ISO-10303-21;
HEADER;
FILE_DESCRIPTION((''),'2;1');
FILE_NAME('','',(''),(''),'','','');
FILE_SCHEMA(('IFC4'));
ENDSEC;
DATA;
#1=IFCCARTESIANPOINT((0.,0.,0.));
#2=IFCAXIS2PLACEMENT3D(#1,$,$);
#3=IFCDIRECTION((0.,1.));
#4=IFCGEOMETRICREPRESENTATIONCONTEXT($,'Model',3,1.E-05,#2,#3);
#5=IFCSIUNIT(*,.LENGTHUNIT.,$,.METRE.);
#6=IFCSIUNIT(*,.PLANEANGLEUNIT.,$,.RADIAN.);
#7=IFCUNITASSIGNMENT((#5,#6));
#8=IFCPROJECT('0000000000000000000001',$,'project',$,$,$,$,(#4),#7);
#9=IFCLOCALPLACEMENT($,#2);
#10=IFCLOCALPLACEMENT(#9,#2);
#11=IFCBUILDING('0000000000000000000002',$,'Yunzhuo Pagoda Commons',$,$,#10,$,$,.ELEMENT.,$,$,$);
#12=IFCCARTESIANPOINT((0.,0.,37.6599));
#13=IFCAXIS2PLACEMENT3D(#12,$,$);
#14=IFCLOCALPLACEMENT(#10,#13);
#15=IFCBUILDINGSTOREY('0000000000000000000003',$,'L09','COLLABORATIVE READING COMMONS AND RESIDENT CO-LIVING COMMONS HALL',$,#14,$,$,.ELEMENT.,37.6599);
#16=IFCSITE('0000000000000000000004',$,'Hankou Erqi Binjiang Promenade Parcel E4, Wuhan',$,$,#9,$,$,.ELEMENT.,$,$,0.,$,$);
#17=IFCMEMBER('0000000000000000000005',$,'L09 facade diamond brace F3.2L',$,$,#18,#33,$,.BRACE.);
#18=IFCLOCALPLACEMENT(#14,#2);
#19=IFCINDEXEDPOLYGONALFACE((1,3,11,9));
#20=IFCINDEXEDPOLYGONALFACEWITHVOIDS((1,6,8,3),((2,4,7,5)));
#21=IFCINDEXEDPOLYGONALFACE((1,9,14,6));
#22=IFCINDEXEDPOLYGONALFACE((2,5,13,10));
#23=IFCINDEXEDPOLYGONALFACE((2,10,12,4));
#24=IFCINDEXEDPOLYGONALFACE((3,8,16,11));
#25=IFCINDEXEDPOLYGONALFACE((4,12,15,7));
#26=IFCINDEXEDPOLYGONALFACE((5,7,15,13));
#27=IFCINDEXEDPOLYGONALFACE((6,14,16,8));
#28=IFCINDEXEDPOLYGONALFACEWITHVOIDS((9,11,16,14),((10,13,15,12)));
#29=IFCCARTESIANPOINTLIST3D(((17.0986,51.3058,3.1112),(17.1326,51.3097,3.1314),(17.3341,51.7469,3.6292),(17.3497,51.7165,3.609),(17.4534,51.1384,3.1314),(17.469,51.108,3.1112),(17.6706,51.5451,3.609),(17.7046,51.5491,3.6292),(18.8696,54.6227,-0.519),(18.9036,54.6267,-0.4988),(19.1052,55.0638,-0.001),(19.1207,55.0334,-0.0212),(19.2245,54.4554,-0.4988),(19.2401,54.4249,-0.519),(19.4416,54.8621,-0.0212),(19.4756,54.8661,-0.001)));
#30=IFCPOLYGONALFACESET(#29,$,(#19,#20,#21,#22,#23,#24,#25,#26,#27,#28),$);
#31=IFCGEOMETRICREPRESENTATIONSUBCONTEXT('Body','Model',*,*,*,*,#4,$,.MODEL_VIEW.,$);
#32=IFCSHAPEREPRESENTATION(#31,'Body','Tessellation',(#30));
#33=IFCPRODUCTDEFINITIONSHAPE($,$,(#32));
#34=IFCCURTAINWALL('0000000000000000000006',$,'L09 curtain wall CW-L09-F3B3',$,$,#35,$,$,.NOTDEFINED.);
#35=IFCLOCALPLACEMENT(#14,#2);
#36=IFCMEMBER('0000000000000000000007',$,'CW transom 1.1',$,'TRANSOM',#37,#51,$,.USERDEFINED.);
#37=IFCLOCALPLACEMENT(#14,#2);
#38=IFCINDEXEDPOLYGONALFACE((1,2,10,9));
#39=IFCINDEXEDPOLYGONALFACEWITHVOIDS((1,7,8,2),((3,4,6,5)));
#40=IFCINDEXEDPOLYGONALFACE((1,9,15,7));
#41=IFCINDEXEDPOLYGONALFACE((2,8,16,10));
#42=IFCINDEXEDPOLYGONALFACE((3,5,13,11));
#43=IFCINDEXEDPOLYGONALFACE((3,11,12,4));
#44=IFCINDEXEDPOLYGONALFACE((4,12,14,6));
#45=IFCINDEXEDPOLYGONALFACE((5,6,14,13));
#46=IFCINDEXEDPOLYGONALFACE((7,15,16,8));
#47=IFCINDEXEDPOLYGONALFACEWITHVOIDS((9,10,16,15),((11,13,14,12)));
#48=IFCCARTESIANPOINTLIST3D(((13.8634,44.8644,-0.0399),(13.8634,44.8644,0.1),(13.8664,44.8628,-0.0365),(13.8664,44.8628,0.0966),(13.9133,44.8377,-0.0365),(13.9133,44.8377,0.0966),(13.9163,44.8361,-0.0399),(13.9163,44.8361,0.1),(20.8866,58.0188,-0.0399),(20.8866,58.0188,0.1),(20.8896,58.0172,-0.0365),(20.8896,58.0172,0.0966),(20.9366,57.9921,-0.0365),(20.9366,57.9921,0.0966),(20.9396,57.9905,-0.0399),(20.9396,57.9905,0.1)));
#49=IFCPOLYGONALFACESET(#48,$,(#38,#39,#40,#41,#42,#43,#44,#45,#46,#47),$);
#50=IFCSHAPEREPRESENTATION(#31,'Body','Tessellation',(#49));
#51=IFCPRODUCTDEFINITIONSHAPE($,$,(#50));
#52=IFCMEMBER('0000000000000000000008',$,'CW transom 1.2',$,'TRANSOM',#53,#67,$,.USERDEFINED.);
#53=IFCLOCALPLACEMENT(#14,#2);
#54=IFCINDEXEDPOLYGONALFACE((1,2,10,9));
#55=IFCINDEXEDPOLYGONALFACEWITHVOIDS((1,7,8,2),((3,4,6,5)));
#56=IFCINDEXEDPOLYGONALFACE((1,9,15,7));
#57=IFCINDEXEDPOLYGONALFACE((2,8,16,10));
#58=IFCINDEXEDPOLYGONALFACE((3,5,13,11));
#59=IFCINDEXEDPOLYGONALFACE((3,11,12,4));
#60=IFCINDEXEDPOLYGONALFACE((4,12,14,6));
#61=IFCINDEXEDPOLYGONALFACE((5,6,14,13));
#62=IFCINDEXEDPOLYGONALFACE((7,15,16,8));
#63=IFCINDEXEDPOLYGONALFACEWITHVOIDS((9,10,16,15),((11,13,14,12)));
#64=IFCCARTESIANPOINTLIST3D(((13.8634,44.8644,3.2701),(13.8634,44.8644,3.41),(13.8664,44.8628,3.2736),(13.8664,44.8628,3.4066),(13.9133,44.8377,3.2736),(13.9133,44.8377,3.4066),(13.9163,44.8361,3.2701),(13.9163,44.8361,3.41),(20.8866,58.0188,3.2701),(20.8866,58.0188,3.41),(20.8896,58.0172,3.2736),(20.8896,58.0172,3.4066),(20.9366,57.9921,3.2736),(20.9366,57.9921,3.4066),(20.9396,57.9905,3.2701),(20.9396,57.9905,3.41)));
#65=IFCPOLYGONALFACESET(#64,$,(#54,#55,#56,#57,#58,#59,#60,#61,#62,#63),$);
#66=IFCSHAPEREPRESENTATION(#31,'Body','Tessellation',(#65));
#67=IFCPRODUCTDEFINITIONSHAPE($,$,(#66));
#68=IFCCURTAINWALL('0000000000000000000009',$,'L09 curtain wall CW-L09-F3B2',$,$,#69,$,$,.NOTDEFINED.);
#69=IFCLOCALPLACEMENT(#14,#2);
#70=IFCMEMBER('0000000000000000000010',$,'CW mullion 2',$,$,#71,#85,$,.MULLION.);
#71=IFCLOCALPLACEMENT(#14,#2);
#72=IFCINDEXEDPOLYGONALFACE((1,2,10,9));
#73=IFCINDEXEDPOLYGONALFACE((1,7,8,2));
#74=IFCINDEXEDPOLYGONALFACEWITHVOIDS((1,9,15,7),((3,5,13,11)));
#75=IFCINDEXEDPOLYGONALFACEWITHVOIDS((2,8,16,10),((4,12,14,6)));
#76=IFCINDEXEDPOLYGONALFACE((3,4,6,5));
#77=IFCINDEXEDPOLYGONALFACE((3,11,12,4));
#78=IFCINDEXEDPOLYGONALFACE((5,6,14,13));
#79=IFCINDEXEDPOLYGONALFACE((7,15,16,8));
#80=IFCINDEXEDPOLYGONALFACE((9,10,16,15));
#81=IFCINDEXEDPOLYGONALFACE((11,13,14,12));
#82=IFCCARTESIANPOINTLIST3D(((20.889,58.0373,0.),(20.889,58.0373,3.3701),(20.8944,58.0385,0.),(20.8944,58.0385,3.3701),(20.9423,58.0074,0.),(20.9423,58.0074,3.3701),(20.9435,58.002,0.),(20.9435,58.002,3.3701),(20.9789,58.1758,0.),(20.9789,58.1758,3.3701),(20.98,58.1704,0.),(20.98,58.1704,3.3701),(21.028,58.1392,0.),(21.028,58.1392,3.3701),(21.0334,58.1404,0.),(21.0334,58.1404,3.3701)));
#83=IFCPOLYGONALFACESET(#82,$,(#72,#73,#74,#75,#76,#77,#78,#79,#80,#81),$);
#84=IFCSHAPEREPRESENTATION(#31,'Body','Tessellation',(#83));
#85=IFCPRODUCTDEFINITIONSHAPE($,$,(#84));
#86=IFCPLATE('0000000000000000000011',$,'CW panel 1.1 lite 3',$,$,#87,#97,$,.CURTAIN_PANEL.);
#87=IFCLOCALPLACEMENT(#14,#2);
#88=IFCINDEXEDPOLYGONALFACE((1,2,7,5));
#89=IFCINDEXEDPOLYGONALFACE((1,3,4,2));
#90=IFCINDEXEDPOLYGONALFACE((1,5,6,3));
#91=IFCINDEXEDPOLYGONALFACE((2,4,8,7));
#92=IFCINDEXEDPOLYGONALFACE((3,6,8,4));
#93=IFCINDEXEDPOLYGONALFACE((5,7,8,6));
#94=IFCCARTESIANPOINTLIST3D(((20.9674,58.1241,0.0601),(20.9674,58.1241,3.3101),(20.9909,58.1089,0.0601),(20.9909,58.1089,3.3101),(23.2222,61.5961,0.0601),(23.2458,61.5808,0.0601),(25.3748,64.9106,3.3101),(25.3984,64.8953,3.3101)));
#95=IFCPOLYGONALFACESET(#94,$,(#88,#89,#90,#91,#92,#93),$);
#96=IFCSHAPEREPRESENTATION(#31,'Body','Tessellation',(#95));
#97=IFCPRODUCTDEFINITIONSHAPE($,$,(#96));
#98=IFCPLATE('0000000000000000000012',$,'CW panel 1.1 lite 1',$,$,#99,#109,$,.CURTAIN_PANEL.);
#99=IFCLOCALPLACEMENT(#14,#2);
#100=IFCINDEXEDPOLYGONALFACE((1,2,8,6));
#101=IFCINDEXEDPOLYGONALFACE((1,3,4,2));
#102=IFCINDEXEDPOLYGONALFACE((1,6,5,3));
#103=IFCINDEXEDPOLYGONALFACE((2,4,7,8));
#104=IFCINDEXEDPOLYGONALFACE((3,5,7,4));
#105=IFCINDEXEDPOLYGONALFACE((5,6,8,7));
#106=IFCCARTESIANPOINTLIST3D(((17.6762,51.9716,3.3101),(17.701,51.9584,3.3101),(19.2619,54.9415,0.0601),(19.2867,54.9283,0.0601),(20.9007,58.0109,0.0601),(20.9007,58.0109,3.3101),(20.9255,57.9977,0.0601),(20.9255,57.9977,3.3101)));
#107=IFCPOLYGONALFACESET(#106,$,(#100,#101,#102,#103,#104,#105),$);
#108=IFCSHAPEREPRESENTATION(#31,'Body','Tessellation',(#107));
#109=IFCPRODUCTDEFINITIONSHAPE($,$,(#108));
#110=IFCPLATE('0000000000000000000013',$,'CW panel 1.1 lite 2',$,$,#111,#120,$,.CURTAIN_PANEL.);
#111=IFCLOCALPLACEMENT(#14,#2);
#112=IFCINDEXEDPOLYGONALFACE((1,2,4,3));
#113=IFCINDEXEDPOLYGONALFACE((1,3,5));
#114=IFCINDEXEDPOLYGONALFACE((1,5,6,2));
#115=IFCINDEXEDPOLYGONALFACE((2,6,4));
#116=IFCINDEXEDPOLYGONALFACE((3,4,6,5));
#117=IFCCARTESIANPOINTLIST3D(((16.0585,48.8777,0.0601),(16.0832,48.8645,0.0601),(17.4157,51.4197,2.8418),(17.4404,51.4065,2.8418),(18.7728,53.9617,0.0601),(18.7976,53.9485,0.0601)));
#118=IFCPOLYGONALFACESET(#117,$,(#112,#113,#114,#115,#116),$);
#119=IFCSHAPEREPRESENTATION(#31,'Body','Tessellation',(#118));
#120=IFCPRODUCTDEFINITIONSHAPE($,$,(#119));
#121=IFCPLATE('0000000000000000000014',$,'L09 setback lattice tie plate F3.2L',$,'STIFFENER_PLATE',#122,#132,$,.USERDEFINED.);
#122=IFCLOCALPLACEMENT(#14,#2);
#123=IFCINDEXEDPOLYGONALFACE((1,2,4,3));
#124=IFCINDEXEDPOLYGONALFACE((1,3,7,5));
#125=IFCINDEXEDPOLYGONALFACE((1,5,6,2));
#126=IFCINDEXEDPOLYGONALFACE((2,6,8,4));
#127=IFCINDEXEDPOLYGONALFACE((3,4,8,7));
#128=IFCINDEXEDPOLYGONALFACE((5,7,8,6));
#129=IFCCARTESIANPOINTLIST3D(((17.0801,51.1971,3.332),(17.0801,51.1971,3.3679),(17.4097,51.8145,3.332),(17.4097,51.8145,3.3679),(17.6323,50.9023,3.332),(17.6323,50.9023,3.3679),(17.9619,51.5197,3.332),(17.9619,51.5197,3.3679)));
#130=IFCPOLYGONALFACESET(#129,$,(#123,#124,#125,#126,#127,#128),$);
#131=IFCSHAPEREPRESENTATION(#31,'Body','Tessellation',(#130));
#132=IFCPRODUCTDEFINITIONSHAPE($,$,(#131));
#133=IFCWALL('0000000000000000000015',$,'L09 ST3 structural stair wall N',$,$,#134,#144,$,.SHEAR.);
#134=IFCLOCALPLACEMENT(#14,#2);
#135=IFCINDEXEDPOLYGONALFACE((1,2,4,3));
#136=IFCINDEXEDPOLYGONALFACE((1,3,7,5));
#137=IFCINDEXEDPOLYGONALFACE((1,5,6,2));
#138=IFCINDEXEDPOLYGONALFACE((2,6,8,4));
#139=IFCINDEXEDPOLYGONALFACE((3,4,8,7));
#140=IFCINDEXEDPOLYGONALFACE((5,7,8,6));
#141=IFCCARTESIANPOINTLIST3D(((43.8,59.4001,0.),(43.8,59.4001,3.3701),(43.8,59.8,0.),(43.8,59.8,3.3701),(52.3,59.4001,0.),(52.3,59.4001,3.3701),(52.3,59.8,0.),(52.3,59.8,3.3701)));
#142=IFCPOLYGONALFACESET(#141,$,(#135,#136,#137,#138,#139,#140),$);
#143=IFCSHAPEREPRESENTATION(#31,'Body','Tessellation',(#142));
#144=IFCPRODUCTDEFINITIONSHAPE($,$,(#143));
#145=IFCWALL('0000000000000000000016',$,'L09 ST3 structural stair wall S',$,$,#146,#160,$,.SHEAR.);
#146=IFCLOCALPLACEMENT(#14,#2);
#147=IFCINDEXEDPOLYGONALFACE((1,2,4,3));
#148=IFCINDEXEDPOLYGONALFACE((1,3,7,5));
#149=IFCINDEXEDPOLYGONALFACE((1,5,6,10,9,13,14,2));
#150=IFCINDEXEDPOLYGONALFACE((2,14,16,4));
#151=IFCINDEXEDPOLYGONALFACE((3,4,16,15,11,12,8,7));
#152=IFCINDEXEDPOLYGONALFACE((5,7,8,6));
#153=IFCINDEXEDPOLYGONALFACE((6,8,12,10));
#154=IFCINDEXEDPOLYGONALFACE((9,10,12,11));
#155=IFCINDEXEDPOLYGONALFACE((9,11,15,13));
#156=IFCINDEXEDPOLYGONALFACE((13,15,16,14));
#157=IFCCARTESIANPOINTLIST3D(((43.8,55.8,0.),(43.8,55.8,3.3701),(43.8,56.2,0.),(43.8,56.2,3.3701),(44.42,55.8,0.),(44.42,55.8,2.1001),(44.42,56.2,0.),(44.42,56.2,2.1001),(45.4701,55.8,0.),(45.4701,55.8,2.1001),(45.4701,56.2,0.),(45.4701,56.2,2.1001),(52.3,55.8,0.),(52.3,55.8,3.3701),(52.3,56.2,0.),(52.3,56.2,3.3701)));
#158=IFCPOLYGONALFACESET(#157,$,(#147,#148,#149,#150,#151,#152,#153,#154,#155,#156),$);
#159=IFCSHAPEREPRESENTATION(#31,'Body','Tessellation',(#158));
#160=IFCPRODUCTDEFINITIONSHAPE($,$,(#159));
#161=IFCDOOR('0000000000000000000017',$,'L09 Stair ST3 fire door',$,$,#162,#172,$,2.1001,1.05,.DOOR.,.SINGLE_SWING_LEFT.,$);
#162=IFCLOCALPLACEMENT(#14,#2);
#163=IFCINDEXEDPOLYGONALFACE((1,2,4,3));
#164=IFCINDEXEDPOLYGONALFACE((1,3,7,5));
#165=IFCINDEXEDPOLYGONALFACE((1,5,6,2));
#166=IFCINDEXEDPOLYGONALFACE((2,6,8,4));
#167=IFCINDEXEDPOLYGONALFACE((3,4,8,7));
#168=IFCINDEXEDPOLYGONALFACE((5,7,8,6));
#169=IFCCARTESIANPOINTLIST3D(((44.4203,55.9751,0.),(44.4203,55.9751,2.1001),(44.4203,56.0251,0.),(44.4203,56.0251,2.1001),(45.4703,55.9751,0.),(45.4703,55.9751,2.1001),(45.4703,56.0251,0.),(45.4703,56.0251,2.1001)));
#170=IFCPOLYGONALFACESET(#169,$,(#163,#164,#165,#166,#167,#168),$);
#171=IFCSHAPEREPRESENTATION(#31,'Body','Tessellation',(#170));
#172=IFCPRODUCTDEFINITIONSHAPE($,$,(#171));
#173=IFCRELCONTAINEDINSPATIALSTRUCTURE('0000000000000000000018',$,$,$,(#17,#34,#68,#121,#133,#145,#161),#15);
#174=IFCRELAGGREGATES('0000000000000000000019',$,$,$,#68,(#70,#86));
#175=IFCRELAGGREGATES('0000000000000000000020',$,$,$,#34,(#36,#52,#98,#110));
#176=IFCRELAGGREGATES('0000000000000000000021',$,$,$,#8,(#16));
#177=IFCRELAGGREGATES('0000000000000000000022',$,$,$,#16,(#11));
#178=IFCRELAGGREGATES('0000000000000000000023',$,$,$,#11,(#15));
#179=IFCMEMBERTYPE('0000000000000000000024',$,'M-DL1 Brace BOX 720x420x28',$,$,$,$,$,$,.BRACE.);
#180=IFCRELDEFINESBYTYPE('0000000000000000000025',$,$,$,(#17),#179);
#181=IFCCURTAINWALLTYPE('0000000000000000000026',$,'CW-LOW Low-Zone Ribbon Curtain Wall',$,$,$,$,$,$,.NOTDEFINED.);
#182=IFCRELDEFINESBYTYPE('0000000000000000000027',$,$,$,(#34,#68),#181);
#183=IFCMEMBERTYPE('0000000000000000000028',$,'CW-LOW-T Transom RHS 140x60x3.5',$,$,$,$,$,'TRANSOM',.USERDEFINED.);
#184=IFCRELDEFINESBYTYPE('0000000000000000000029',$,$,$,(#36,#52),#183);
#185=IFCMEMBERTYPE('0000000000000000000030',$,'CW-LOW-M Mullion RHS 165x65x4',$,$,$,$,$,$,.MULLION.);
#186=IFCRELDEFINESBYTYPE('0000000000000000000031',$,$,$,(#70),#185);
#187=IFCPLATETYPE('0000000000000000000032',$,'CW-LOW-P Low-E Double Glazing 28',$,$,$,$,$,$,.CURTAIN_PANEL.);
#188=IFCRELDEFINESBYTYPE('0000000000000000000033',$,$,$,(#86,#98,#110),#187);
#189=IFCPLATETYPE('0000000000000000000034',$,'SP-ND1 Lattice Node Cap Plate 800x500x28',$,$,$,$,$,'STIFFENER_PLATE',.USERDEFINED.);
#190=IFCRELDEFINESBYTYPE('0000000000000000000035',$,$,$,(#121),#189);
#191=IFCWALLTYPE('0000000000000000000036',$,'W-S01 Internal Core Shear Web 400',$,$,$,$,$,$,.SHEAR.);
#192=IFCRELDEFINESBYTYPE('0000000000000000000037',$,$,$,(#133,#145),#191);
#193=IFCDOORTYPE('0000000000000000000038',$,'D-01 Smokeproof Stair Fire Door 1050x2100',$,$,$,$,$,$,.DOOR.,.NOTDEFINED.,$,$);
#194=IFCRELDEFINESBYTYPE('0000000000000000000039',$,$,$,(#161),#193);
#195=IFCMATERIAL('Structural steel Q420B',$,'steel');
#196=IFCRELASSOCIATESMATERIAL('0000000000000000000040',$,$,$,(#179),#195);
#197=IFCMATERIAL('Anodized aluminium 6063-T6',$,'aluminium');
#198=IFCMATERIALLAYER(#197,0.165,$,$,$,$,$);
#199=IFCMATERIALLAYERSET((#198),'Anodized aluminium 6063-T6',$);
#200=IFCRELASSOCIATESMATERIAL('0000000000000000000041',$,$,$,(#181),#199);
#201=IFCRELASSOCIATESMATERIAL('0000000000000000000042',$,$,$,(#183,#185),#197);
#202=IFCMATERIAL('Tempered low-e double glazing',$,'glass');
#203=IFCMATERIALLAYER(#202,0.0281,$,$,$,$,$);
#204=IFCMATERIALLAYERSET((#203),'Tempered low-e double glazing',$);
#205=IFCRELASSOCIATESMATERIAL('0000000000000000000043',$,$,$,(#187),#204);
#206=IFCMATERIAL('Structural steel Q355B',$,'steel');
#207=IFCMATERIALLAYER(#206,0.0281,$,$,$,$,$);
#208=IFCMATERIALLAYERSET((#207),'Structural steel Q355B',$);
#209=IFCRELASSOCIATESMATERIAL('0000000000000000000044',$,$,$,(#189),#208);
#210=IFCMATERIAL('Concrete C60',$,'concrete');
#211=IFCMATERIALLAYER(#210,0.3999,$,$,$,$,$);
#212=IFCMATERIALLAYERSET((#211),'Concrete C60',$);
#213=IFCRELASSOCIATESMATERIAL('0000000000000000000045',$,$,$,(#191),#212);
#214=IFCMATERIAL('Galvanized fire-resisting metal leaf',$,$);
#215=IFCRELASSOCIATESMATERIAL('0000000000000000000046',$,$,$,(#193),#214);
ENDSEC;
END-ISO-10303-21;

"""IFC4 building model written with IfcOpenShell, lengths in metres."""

from ifc_helpers import new_model, si_unit, direction, frame, frame_2d, origin, origin_2d, place, context, subcontext, project, spatial, polyline, rectangle, hollow_rectangle, outline, extrude, source, transform, mapped, material, layer, layer_set, material_profile, profile_set, type_object, element, fill, aggregate, save


model = new_model("IFC4")

# Units and contexts
model_context = context("Model", 3, precision=1e-05, world=origin(), true_north=direction((0.0, 1.0)))
body_context = subcontext(model_context, "Body", "Model", "MODEL_VIEW")
ifc_project = project(units=[si_unit("LENGTHUNIT", "METRE"), si_unit("PLANEANGLEUNIT", "RADIAN")], contexts=[model_context])

# Site, building, storey
site_placement = place(None, origin())
site = spatial("IfcSite", under=ifc_project, at=site_placement, Name="Hankou Erqi Binjiang Promenade Parcel E4, Wuhan", CompositionType="ELEMENT", RefElevation=0.0)
building_placement = place(site_placement, origin())
building = spatial("IfcBuilding", under=site, at=building_placement, Name="Yunzhuo Pagoda Commons", CompositionType="ELEMENT")
storey_placement = place(building_placement, frame((0.0, 0.0, 37.6599)))
storey = spatial("IfcBuildingStorey", under=building, at=storey_placement, Name="L09", Description="COLLABORATIVE READING COMMONS AND RESIDENT CO-LIVING COMMONS HALL", CompositionType="ELEMENT", Elevation=37.6599)

# Shared definitions
ifc_material_1 = material(Name="Structural steel Q420B", Category="steel")

# Shared definitions
ifc_material_2 = material(Name="Structural steel Q355B", Category="steel")

# Member
ifc_material_profile_1 = material_profile(ifc_material_1, hollow_rectangle(XDim=0.4199, YDim=0.72, WallThickness=0.0281, at=origin_2d()), Name="Structural steel Q420B")
ifc_profile_set_1 = profile_set([ifc_material_profile_1], Name="Structural steel Q420B")
member_type_1 = type_object("IfcMemberType", Name="M-DL1 Brace BOX 720x420x28", PredefinedType="BRACE", material=ifc_profile_set_1)
shared_shape_1 = source(origin(), body_context, "Body", "SweptSolid", [
    extrude(hollow_rectangle(XDim=0.4199, YDim=0.72, WallThickness=0.0281, at=origin_2d()), origin(), (0.0, 0.0, 1.0), 5.2266),
])
member_1_placement = place(storey_placement, frame((19.1726, 54.7444, -0.26), z_axis=(-0.338851, -0.634633, 0.694565), x_axis=(0.882134, -0.470999, 0.0)))
element("IfcMember", 1, at=member_1_placement, inside=storey, type_object=member_type_1, Name="L09 facade diamond brace F3.2L", PredefinedType="BRACE", context=body_context, shape_type="MappedRepresentation", body=[
    mapped(shared_shape_1, transform((0.0, 0.0, 0.0), scale=1.0)),
])

# Curtain wall, members
ifc_material_3 = material(Name="Anodized aluminium 6063-T6", Category="aluminium")
ifc_layer_1 = layer(ifc_material_3, 0.165)
ifc_layer_set_1 = layer_set([ifc_layer_1], Name="Anodized aluminium 6063-T6")
curtain_wall_type = type_object("IfcCurtainWallType", Name="CW-LOW Low-Zone Ribbon Curtain Wall", PredefinedType="NOTDEFINED", material=ifc_layer_set_1)
curtain_wall_1_placement = place(storey_placement, origin())
curtain_wall_1 = element("IfcCurtainWall", 2, at=curtain_wall_1_placement, inside=storey, type_object=curtain_wall_type, Name="L09 curtain wall CW-L09-F3B3", PredefinedType="NOTDEFINED")
ifc_material_profile_2 = material_profile(ifc_material_3, hollow_rectangle(XDim=0.0601, YDim=0.1399, WallThickness=0.0034, at=origin_2d()), Name="Anodized aluminium 6063-T6")
ifc_profile_set_2 = profile_set([ifc_material_profile_2], Name="Anodized aluminium 6063-T6")
member_type_2 = type_object("IfcMemberType", Name="CW-LOW-T Transom RHS 140x60x3.5", ElementType="TRANSOM", PredefinedType="USERDEFINED", material=ifc_profile_set_2)
shared_shape_2 = source(origin(), body_context, "Body", "SweptSolid", [
    extrude(hollow_rectangle(XDim=0.0601, YDim=0.1399, WallThickness=0.0034, at=origin_2d()), origin(), (0.0, 0.0, 1.0), 14.9119),
])
member_2_placement = place(storey_placement, frame((20.9131, 58.0046, 0.03), z_axis=(-0.470983, -0.882142, 0.0), x_axis=(0.882142, -0.470983, 0.0)))
member_2 = element("IfcMember", 3, at=member_2_placement, type_object=member_type_2, Name="CW transom 1.1", ObjectType="TRANSOM", PredefinedType="USERDEFINED", context=body_context, shape_type="MappedRepresentation", body=[
    mapped(shared_shape_2, transform((0.0, 0.0, 0.0), scale=1.0)),
])
member_3_placement = place(storey_placement, frame((20.9131, 58.0046, 3.3401), z_axis=(-0.470983, -0.882142, 0.0), x_axis=(0.882142, -0.470983, 0.0)))
member_3 = element("IfcMember", 4, at=member_3_placement, type_object=member_type_2, Name="CW transom 1.2", ObjectType="TRANSOM", PredefinedType="USERDEFINED", context=body_context, shape_type="MappedRepresentation", body=[
    mapped(shared_shape_2, transform((0.0, 0.0, 0.0), scale=1.0)),
])

# Curtain wall, member, plate
curtain_wall_2_placement = place(storey_placement, origin())
curtain_wall_2 = element("IfcCurtainWall", 5, at=curtain_wall_2_placement, inside=storey, type_object=curtain_wall_type, Name="L09 curtain wall CW-L09-F3B2", PredefinedType="NOTDEFINED")
ifc_material_profile_3 = material_profile(ifc_material_3, hollow_rectangle(XDim=0.0649, YDim=0.165, WallThickness=0.0039, at=origin_2d()), Name="Anodized aluminium 6063-T6")
ifc_profile_set_3 = profile_set([ifc_material_profile_3], Name="Anodized aluminium 6063-T6")
member_type_3 = type_object("IfcMemberType", Name="CW-LOW-M Mullion RHS 165x65x4", PredefinedType="MULLION", material=ifc_profile_set_3)
shared_shape_3 = source(origin(), body_context, "Body", "SweptSolid", [
    extrude(hollow_rectangle(XDim=0.0649, YDim=0.165, WallThickness=0.0039, at=origin_2d()), origin(), (0.0, 0.0, 1.0), 3.3701),
])
member_4_placement = place(storey_placement, frame((20.9612, 58.0889, 0.0), z_axis=(0.0, 0.0, 1.0), x_axis=(0.838652, -0.544667, 0.0)))
member_4 = element("IfcMember", 6, at=member_4_placement, type_object=member_type_3, Name="CW mullion 2", PredefinedType="MULLION", context=body_context, shape_type="MappedRepresentation", body=[
    mapped(shared_shape_3, transform((0.0, 0.0, 0.0), scale=1.0)),
])
ifc_material_4 = material(Name="Tempered low-e double glazing", Category="glass")
ifc_layer_2 = layer(ifc_material_4, 0.0281)
ifc_layer_set_2 = layer_set([ifc_layer_2], Name="Tempered low-e double glazing")
plate_type_1 = type_object("IfcPlateType", Name="CW-LOW-P Low-E Double Glazing 28", PredefinedType="CURTAIN_PANEL", material=ifc_layer_set_2)
plate_1_placement = place(storey_placement, frame((23.1946, 61.502, 1.6851), z_axis=(-0.838652, 0.544667, 0.0), x_axis=(-0.544667, -0.838652, 0.0)))
plate_1 = element("IfcPlate", 7, at=plate_1_placement, type_object=plate_type_1, Name="CW panel 1.1 lite 3", PredefinedType="CURTAIN_PANEL", context=body_context, shape_type="SweptSolid", body=[
    extrude(outline(polyline([(-4.0461, 1.625), (-0.094, -1.625), (4.0459, -1.625), (4.0459, 1.625), (-4.0461, 1.625)])), origin(), (0.0, 0.0, 1.0), 0.0281),
])
aggregate(curtain_wall_2, [member_4, plate_1])

# Plates
plate_2_placement = place(storey_placement, frame((19.3132, 54.978, 1.6851), z_axis=(-0.882141, 0.470985, 0.0), x_axis=(-0.470985, -0.882141, 0.0)))
plate_2 = element("IfcPlate", 8, at=plate_2_placement, type_object=plate_type_1, Name="CW panel 1.1 lite 1", PredefinedType="CURTAIN_PANEL", context=body_context, shape_type="SweptSolid", body=[
    extrude(outline(polyline([(-3.4231, -1.625), (0.0564, -1.625), (3.4231, 1.625), (-3.4231, 1.625), (-3.4231, -1.625)])), origin(), (0.0, 0.0, 1.0), 0.0281),
])
plate_3_placement = place(storey_placement, frame((17.4404, 51.4065, 1.4509), z_axis=(-0.882141, 0.470985, 0.0), x_axis=(-0.470985, -0.882141, 0.0)))
plate_3 = element("IfcPlate", 9, at=plate_3_placement, type_object=plate_type_1, Name="CW panel 1.1 lite 2", PredefinedType="CURTAIN_PANEL", context=body_context, shape_type="SweptSolid", body=[
    extrude(outline(polyline([(-2.8816, -1.3909), (2.8816, -1.3909), (0.0, 1.3909), (-2.8816, -1.3909)])), origin(), (0.0, 0.0, 1.0), 0.0281),
])
aggregate(curtain_wall_1, [member_2, member_3, plate_2, plate_3])
ifc_layer_3 = layer(ifc_material_2, 0.0281)
ifc_layer_set_3 = layer_set([ifc_layer_3], Name="Structural steel Q355B")
plate_type_2 = type_object("IfcPlateType", Name="SP-ND1 Lattice Node Cap Plate 800x500x28", ElementType="STIFFENER_PLATE", PredefinedType="USERDEFINED", material=ifc_layer_set_3)
shared_shape_4 = source(origin(), body_context, "Body", "SweptSolid", [
    extrude(rectangle(XDim=0.7, YDim=0.626, at=origin_2d()), origin(), (0.0, 0.0, 1.0), 0.0359),
])
plate_4_placement = place(storey_placement, frame((17.521, 51.3584, 3.332), z_axis=(0.0, 0.0, 1.0), x_axis=(-0.470981, -0.882143, 0.0)))
element("IfcPlate", 10, at=plate_4_placement, inside=storey, type_object=plate_type_2, Name="L09 setback lattice tie plate F3.2L", ObjectType="STIFFENER_PLATE", PredefinedType="USERDEFINED", context=body_context, shape_type="MappedRepresentation", body=[
    mapped(shared_shape_4, transform((0.0, 0.0, 0.0), scale=1.0)),
])

# Wall
ifc_material_5 = material(Name="Concrete C60", Category="concrete")
ifc_layer_4 = layer(ifc_material_5, 0.3999)
ifc_layer_set_4 = layer_set([ifc_layer_4], Name="Concrete C60")
wall_type = type_object("IfcWallType", Name="W-S01 Internal Core Shear Web 400", PredefinedType="SHEAR", material=ifc_layer_set_4)
wall_1_placement = place(storey_placement, frame((43.8, 59.6001, 0.0), z_axis=(0.0, 0.0, 1.0), x_axis=(1.0, 0.0, 0.0)))
element("IfcWall", 11, at=wall_1_placement, inside=storey, type_object=wall_type, Name="L09 ST3 structural stair wall N", PredefinedType="SHEAR", context=body_context, shape_type="SweptSolid", body=[
    extrude(rectangle(XDim=8.5, YDim=0.3999, at=frame_2d((4.25, 0.0))), origin(), (0.0, 0.0, 1.0), 3.3701),
])

# Wall, opening, door
wall_2_placement = place(storey_placement, frame((43.8, 56.0, 0.0), z_axis=(0.0, 0.0, 1.0), x_axis=(1.0, 0.0, 0.0)))
wall_2 = element("IfcWall", 12, at=wall_2_placement, inside=storey, type_object=wall_type, Name="L09 ST3 structural stair wall S", PredefinedType="SHEAR", context=body_context, shape_type="SweptSolid", body=[
    extrude(rectangle(XDim=8.5, YDim=0.3999, at=frame_2d((4.25, 0.0))), origin(), (0.0, 0.0, 1.0), 3.3701),
])
opening_placement = place(wall_2_placement, frame((0.6201, 0.0, 0.0)))
opening = element("IfcOpeningElement", 13, at=opening_placement, cuts=wall_2, PredefinedType="OPENING", context=body_context, shape_type="SweptSolid", body=[
    extrude(rectangle(XDim=1.05, YDim=2.1001, at=frame_2d((0.5249, 1.05))), frame((0.0, 0.21, 0.0), z_axis=(0.0, -1.0, 0.0), x_axis=(1.0, 0.0, 0.0)), (0.0, 0.0, 1.0), 0.4199),
])
ifc_material_6 = material(Name="Galvanized fire-resisting metal leaf")
door_type = type_object("IfcDoorType", Name="D-01 Smokeproof Stair Fire Door 1050x2100", OperationType="NOTDEFINED", PredefinedType="DOOR", material=ifc_material_6)
shared_shape_5 = source(origin(), body_context, "Body", "SweptSolid", [
    extrude(rectangle(XDim=1.05, YDim=2.1001, at=frame_2d((0.5249, 1.05))), frame((0.0, 0.0249, 0.0), z_axis=(0.0, -1.0, 0.0), x_axis=(1.0, 0.0, 0.0)), (0.0, 0.0, 1.0), 0.05),
])
door_placement = place(opening_placement, frame((1.05, 0.0, 0.0), z_axis=(0.0, 0.0, 1.0), x_axis=(-1.0, 0.0, 0.0)))
door = element("IfcDoor", 14, at=door_placement, inside=storey, type_object=door_type, Name="L09 Stair ST3 fire door", OperationType="SINGLE_SWING_LEFT", OverallHeight=2.1001, OverallWidth=1.05, PredefinedType="DOOR", context=body_context, shape_type="MappedRepresentation", body=[
    mapped(shared_shape_5, transform((0.0, 0.0, 0.0), scale=1.0)),
])
fill(opening, door)

save(model, "model.ifc")
